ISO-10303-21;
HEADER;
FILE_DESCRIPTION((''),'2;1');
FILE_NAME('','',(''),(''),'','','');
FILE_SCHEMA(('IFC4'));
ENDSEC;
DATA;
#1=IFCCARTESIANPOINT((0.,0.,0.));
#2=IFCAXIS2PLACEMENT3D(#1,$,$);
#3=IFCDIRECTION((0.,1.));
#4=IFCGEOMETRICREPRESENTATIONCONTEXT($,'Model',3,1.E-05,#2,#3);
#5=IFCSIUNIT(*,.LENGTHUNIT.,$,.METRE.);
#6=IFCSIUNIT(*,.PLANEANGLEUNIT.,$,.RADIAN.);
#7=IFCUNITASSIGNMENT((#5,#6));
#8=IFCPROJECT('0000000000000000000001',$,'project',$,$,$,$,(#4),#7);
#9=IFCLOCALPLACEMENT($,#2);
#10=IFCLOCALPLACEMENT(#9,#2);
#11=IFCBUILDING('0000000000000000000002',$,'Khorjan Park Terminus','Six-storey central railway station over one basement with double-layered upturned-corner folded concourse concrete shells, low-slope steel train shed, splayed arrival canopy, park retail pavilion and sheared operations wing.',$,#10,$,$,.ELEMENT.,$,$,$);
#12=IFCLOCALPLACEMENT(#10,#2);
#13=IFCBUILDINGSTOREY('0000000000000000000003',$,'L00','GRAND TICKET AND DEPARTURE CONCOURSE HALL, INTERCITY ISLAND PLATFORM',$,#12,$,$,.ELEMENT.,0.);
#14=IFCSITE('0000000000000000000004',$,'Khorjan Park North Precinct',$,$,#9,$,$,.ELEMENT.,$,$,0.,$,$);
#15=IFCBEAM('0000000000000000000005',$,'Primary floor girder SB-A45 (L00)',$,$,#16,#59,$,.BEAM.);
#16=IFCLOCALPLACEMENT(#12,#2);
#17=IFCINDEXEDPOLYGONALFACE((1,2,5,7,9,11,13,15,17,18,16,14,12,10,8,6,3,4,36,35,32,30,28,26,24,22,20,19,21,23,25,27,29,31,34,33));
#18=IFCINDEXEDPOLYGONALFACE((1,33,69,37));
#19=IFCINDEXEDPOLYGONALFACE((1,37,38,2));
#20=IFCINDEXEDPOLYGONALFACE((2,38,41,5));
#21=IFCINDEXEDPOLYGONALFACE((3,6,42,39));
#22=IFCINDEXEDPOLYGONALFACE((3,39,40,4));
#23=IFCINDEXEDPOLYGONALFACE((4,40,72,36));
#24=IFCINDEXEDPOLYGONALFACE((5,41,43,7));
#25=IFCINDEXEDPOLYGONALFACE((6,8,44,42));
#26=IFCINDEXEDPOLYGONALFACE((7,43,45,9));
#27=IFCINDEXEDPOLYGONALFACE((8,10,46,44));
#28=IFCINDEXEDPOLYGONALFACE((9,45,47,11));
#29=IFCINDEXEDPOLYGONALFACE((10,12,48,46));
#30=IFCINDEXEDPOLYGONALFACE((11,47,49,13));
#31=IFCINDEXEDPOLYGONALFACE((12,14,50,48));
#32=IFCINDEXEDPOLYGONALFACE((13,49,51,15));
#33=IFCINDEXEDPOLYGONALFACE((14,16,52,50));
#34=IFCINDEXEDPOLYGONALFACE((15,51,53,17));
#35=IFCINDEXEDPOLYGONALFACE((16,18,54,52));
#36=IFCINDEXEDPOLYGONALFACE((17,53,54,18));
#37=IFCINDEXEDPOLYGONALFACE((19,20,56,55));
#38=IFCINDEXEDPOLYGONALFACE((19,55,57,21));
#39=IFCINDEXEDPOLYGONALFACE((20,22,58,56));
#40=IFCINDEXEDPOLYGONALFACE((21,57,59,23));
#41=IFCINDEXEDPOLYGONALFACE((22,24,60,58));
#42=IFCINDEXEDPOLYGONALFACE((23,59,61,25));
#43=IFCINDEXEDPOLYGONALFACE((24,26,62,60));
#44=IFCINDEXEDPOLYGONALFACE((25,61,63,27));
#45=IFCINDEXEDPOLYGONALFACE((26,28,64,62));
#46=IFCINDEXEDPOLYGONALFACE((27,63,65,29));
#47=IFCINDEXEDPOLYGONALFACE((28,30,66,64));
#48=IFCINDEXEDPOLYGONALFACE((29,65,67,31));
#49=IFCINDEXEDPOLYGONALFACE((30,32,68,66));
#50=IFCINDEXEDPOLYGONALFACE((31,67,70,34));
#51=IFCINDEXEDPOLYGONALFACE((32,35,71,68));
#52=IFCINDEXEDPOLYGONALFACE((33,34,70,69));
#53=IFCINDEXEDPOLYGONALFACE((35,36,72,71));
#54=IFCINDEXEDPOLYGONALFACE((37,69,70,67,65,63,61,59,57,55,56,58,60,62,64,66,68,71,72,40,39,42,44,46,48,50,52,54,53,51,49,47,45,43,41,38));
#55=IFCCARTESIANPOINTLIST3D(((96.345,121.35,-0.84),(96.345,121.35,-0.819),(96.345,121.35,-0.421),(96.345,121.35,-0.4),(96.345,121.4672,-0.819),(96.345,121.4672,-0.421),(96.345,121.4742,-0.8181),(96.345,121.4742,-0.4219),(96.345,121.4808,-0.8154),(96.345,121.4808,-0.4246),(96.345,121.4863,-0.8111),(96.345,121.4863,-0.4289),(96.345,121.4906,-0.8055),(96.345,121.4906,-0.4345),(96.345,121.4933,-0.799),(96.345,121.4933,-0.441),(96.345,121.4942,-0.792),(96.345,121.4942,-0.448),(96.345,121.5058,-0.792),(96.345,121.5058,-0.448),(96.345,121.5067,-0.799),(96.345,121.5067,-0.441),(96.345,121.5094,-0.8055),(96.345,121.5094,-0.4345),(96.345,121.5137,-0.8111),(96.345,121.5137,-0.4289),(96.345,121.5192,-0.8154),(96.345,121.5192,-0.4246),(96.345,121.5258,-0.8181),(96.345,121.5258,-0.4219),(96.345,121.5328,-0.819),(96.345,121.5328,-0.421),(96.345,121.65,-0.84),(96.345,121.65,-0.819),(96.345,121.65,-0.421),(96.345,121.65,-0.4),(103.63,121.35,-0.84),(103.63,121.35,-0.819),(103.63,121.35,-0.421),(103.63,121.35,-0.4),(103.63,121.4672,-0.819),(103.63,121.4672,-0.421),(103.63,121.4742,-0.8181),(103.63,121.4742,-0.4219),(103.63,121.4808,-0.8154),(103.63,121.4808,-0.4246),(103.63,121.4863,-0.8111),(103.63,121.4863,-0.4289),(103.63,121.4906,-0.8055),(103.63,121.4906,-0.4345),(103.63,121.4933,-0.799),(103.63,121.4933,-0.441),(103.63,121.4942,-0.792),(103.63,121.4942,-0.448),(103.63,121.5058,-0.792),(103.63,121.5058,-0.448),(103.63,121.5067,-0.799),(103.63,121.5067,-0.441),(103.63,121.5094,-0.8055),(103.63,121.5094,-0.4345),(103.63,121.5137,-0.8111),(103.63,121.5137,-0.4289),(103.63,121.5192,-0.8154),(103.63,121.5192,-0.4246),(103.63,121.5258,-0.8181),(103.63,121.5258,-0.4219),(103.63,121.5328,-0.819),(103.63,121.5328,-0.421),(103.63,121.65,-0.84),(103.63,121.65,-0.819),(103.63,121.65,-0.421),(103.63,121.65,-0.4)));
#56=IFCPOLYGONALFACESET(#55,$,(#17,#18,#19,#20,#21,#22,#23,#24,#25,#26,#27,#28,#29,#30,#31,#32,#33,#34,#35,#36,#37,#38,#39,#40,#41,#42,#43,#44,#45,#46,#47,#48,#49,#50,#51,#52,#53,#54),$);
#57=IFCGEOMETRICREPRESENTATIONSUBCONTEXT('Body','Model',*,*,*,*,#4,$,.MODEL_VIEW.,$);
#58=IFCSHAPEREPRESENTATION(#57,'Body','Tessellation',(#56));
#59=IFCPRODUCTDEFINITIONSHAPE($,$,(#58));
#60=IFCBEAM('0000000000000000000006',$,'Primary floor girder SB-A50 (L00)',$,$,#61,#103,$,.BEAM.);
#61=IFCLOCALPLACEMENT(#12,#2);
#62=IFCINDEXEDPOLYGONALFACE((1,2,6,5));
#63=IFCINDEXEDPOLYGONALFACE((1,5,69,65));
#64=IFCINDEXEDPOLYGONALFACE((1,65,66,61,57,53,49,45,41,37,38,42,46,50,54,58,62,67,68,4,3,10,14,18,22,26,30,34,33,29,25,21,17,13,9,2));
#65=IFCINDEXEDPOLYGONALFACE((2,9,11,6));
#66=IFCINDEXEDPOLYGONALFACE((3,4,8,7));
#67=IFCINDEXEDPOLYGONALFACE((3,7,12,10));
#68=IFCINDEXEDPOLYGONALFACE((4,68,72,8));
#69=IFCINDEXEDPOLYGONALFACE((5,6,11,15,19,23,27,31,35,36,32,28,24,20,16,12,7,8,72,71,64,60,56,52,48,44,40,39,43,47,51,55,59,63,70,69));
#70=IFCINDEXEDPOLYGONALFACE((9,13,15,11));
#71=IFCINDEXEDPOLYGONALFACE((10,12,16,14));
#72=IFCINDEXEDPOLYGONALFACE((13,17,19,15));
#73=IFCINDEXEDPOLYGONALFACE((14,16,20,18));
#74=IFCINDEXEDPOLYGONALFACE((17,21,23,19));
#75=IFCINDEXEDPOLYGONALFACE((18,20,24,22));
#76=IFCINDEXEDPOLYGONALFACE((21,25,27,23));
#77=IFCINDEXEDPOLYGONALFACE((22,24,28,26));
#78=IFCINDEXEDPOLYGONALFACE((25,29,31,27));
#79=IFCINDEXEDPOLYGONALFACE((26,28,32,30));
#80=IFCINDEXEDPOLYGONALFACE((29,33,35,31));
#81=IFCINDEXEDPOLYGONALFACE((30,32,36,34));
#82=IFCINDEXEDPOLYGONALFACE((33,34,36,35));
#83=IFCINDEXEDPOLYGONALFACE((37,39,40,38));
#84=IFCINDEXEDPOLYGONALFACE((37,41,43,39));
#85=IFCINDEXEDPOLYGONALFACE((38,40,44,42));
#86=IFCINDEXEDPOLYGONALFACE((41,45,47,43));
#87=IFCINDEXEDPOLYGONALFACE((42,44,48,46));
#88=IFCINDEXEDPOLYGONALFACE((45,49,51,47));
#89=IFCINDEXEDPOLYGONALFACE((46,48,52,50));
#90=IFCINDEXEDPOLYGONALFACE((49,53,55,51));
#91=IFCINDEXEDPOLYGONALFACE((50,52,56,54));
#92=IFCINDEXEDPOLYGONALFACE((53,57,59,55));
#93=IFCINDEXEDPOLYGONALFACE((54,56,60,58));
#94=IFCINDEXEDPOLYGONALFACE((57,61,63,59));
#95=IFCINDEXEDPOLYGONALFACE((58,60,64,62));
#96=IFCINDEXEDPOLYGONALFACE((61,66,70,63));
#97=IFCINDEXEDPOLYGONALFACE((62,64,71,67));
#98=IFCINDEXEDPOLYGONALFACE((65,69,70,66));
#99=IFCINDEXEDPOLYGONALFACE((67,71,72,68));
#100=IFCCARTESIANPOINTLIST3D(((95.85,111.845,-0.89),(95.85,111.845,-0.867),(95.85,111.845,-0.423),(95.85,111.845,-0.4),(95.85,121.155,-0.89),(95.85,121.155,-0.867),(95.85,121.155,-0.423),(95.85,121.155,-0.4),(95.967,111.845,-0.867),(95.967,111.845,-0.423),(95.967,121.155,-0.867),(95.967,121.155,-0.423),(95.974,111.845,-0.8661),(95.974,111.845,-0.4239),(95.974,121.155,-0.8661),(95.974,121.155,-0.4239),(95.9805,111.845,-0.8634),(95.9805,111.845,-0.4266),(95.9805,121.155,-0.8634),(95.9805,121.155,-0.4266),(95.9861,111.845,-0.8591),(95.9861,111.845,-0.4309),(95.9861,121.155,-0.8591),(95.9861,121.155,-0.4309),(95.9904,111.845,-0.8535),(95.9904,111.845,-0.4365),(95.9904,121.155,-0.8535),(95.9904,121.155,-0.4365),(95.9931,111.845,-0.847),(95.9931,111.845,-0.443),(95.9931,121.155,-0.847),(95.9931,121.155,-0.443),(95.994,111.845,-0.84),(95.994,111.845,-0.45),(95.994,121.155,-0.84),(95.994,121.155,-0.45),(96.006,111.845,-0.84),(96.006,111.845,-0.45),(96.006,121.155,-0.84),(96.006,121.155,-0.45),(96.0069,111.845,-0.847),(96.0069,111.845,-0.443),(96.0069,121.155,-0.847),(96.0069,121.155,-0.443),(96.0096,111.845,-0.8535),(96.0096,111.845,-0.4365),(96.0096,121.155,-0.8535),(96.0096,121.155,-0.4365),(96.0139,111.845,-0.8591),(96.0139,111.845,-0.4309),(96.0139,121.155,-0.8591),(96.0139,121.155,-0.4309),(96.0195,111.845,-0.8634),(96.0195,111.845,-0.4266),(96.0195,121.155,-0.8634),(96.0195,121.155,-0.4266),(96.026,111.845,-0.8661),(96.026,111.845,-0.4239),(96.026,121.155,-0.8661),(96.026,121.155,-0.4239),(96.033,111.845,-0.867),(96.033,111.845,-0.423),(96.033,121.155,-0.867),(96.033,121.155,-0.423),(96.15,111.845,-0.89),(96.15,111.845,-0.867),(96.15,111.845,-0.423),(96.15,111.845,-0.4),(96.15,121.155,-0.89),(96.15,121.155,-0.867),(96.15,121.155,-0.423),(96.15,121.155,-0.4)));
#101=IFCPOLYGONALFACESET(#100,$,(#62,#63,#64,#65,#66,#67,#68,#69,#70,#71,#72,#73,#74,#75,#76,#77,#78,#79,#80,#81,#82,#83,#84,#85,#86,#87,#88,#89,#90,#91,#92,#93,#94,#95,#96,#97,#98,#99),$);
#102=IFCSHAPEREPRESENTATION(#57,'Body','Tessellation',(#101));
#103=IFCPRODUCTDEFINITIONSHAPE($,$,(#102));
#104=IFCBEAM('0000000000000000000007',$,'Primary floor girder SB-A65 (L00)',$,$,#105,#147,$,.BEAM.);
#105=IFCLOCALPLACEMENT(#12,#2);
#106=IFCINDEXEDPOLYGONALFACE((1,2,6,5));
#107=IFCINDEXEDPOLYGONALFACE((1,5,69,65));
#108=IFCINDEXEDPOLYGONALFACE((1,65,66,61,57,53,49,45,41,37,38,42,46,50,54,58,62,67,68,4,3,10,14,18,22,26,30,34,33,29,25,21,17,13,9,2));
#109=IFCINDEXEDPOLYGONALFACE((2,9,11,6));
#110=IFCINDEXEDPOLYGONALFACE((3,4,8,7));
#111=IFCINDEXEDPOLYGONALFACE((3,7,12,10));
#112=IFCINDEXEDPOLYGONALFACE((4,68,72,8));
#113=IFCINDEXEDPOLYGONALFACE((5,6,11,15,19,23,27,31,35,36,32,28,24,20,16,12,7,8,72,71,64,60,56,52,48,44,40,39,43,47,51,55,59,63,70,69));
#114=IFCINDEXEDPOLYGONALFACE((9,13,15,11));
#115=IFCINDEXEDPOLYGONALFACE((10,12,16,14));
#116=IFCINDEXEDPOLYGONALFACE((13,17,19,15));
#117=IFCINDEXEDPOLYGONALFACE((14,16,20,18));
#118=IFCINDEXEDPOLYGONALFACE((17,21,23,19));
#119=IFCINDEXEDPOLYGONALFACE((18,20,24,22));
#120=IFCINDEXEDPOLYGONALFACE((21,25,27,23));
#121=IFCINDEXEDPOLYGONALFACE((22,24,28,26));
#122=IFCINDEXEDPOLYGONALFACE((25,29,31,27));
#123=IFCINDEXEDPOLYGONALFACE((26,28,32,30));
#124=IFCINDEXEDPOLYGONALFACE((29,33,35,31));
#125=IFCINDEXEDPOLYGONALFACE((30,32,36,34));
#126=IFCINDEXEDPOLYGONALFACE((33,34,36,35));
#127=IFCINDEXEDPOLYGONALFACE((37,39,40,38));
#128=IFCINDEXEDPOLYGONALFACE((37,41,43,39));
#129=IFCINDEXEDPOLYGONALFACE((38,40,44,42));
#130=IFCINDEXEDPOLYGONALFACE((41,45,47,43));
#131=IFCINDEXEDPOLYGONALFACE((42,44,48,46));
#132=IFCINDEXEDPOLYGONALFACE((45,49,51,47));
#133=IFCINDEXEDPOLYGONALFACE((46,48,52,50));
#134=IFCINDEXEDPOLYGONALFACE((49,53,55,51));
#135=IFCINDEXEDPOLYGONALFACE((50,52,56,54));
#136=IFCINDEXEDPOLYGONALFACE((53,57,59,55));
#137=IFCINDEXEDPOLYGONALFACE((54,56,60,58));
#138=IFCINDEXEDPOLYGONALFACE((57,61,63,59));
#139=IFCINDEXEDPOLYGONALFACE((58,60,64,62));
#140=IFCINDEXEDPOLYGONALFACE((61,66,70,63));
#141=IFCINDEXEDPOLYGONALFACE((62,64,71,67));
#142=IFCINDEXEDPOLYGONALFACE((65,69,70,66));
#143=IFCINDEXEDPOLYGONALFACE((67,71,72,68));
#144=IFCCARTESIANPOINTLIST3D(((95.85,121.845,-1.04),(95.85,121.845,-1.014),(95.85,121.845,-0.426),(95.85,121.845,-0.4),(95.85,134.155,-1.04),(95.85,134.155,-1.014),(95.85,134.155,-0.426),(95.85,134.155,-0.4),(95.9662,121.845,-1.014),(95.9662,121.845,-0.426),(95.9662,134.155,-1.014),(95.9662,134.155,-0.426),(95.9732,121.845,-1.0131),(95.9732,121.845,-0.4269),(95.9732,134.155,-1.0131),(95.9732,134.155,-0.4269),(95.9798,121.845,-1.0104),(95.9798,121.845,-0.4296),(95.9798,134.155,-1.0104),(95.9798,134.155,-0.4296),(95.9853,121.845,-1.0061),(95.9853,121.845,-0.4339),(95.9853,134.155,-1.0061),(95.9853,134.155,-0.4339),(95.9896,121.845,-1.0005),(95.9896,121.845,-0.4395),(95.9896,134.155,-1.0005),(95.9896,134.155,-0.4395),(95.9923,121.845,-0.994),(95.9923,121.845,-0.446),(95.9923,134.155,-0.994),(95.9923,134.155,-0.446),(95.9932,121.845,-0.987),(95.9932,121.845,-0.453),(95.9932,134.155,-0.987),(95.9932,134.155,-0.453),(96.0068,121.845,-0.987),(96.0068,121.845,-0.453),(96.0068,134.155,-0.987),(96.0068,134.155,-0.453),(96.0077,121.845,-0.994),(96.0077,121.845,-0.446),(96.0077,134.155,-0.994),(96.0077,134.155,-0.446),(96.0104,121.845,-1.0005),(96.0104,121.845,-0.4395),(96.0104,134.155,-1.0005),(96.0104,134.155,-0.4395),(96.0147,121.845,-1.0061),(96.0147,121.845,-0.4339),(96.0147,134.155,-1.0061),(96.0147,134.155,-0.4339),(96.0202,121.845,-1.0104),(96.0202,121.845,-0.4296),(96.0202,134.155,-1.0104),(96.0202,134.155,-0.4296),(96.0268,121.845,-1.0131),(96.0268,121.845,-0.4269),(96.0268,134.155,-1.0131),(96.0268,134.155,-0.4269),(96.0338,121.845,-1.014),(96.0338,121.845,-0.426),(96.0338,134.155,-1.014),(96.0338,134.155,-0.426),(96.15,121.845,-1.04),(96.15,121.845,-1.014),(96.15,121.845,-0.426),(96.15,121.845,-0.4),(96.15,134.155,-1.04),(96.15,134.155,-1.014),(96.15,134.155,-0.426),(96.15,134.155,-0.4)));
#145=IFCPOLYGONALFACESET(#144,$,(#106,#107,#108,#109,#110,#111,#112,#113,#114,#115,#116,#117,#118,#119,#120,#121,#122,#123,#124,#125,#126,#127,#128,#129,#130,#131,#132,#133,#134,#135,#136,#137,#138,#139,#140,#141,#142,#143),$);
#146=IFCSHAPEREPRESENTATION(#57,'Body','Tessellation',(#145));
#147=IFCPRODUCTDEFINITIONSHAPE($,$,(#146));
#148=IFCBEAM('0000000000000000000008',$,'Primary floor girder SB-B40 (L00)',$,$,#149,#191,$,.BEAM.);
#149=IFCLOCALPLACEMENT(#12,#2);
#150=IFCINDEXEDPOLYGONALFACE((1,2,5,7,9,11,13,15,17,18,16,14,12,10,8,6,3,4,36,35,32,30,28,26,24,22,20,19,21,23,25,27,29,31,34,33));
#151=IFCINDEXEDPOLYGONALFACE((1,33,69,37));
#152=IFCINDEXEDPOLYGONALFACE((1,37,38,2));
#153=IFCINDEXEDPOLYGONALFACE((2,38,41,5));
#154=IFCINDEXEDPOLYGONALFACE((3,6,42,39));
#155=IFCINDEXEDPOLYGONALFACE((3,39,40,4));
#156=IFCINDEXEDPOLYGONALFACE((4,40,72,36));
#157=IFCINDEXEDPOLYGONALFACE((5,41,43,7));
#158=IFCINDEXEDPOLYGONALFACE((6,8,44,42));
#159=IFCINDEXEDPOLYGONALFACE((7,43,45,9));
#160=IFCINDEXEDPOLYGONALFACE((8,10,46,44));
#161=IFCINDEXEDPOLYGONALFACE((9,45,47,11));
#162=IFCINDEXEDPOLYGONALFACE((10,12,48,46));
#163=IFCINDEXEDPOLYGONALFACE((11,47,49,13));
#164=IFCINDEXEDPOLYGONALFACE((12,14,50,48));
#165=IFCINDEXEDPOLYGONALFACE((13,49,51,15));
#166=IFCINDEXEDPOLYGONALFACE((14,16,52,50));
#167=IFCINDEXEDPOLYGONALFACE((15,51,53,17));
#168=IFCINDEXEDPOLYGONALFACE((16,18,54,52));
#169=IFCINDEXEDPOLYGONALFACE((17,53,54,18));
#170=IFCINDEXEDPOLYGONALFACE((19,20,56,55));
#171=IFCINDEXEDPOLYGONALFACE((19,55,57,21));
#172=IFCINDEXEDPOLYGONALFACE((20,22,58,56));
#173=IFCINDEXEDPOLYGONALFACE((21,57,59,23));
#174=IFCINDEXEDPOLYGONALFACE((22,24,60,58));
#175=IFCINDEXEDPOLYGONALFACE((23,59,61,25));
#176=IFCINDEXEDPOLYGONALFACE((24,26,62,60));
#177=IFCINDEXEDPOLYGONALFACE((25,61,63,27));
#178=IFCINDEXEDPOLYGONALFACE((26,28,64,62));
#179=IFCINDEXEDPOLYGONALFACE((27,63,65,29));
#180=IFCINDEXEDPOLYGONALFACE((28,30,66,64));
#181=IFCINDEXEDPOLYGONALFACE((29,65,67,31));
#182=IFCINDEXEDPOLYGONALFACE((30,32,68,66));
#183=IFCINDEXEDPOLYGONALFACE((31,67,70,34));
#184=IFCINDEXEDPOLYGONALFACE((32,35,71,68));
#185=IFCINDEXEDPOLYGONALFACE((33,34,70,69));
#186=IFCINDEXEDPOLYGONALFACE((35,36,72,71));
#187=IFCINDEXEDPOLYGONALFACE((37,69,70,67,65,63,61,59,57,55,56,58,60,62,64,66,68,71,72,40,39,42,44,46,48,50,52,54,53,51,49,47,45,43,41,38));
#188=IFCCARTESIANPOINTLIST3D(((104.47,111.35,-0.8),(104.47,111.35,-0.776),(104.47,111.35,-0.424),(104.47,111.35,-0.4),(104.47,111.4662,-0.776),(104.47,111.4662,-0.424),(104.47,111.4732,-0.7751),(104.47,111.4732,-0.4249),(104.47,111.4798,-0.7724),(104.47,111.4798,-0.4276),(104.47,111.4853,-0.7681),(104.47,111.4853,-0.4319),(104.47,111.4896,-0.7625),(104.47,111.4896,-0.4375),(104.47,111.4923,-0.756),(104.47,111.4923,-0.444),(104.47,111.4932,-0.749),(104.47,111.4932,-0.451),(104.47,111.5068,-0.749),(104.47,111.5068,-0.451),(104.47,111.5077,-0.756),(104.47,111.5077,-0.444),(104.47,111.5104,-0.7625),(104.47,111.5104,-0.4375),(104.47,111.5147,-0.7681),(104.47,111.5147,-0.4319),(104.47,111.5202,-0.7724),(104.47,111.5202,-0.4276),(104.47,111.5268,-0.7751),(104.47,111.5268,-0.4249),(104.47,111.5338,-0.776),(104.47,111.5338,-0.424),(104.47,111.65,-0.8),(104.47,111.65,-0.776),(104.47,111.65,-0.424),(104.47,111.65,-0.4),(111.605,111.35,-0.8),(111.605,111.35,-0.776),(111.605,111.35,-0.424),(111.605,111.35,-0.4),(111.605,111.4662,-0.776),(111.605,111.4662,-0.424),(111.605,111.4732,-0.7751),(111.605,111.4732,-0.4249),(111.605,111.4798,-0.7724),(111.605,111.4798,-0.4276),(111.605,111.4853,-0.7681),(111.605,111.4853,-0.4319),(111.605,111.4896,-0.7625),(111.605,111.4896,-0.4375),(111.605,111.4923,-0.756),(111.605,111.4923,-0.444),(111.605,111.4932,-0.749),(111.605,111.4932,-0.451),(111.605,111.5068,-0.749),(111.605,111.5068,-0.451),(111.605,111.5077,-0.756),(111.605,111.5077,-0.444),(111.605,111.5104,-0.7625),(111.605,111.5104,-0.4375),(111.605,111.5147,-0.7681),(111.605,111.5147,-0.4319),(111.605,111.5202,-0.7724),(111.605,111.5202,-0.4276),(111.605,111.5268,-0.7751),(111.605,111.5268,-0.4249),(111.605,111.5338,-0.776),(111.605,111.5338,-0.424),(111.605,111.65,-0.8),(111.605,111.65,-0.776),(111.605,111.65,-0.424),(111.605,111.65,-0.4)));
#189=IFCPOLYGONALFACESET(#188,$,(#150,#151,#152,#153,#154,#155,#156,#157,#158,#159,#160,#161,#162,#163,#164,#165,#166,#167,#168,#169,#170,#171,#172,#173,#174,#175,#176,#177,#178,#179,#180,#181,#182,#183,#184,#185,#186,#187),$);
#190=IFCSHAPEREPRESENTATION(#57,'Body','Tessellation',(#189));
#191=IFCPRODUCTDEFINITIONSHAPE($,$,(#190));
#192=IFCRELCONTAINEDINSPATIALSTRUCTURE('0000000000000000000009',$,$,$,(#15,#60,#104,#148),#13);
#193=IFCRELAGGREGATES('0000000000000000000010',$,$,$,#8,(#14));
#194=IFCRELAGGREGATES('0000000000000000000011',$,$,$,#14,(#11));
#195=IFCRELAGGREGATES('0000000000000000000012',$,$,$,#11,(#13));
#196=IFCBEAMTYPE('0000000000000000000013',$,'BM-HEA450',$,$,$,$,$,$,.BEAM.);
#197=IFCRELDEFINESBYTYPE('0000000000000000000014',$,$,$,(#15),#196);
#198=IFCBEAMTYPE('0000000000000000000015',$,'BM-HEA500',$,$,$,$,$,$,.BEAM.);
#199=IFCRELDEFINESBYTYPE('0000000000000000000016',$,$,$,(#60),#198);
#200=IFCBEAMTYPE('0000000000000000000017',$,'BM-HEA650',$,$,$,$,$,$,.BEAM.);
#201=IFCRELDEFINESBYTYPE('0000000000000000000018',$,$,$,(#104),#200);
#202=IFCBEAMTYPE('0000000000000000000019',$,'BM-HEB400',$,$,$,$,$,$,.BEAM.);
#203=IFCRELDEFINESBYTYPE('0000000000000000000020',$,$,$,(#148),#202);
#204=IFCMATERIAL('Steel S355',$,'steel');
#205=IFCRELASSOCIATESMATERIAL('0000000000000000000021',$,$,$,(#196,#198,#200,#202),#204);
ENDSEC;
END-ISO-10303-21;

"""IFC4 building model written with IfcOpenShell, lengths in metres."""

from ifc_helpers import new_model, si_unit, direction, frame, origin, origin_2d, place, context, subcontext, project, spatial, i_section, extrude, material, material_profile, profile_set, type_object, element, save


model = new_model("IFC4")

# Units and contexts
model_context = context("Model", 3, precision=1e-05, world=origin(), true_north=direction((0.0, 1.0)))
body_context = subcontext(model_context, "Body", "Model", "MODEL_VIEW")
ifc_project = project(units=[si_unit("LENGTHUNIT", "METRE"), si_unit("PLANEANGLEUNIT", "RADIAN")], contexts=[model_context])

# Site, building, storey
site_placement = place(None, origin())
site = spatial("IfcSite", under=ifc_project, at=site_placement, Name="Khorjan Park North Precinct", CompositionType="ELEMENT", RefElevation=0.0)
building_placement = place(site_placement, origin())
building = spatial("IfcBuilding", under=site, at=building_placement, Name="Khorjan Park Terminus", Description="Six-storey central railway station over one basement with double-layered upturned-corner folded concourse concrete shells, low-slope steel train shed, splayed arrival canopy, park retail pavilion and sheared operations wing.", CompositionType="ELEMENT")
storey_placement = place(building_placement, origin())
storey = spatial("IfcBuildingStorey", under=building, at=storey_placement, Name="L00", Description="GRAND TICKET AND DEPARTURE CONCOURSE HALL, INTERCITY ISLAND PLATFORM", CompositionType="ELEMENT", Elevation=0.0)

# Beams
ifc_material_1 = material(Name="Steel S355", Category="steel")
ifc_material_profile_1 = material_profile(ifc_material_1, i_section(OverallWidth=0.3, OverallDepth=0.44, WebThickness=0.0115, FlangeThickness=0.021, FilletRadius=0.027, at=origin_2d()), Name="HEA 450")
ifc_profile_set_1 = profile_set([ifc_material_profile_1], Name="Steel S355")
beam_type_1 = type_object("IfcBeamType", Name="BM-HEA450", PredefinedType="BEAM", material=ifc_profile_set_1)
beam_1_placement = place(storey_placement, frame((96.345, 121.5, -0.62), z_axis=(1.0, 0.0, 0.0), x_axis=(0.0, 1.0, 0.0)))
element("IfcBeam", 1, at=beam_1_placement, inside=storey, type_object=beam_type_1, Name="Primary floor girder SB-A45 (L00)", PredefinedType="BEAM", context=body_context, shape_type="SweptSolid", body=[
    extrude(i_section(OverallWidth=0.3, OverallDepth=0.44, WebThickness=0.0115, FlangeThickness=0.021, FilletRadius=0.027, at=origin_2d()), origin(), (0.0, 0.0, 1.0), 7.285),
])
ifc_material_profile_2 = material_profile(ifc_material_1, i_section(OverallWidth=0.3, OverallDepth=0.49, WebThickness=0.012, FlangeThickness=0.023, FilletRadius=0.027, at=origin_2d()), Name="HEA 500")
ifc_profile_set_2 = profile_set([ifc_material_profile_2], Name="Steel S355")
beam_type_2 = type_object("IfcBeamType", Name="BM-HEA500", PredefinedType="BEAM", material=ifc_profile_set_2)
beam_2_placement = place(storey_placement, frame((96.0, 111.845, -0.645), z_axis=(0.0, 1.0, 0.0), x_axis=(-1.0, 0.0, 0.0)))
element("IfcBeam", 2, at=beam_2_placement, inside=storey, type_object=beam_type_2, Name="Primary floor girder SB-A50 (L00)", PredefinedType="BEAM", context=body_context, shape_type="SweptSolid", body=[
    extrude(i_section(OverallWidth=0.3, OverallDepth=0.49, WebThickness=0.012, FlangeThickness=0.023, FilletRadius=0.027, at=origin_2d()), origin(), (0.0, 0.0, 1.0), 9.31),
])
ifc_material_profile_3 = material_profile(ifc_material_1, i_section(OverallWidth=0.3, OverallDepth=0.64, WebThickness=0.0135, FlangeThickness=0.026, FilletRadius=0.027, at=origin_2d()), Name="HEA 650")
ifc_profile_set_3 = profile_set([ifc_material_profile_3], Name="Steel S355")
beam_type_3 = type_object("IfcBeamType", Name="BM-HEA650", PredefinedType="BEAM", material=ifc_profile_set_3)
beam_3_placement = place(storey_placement, frame((96.0, 121.845, -0.72), z_axis=(0.0, 1.0, 0.0), x_axis=(-1.0, 0.0, 0.0)))
element("IfcBeam", 3, at=beam_3_placement, inside=storey, type_object=beam_type_3, Name="Primary floor girder SB-A65 (L00)", PredefinedType="BEAM", context=body_context, shape_type="SweptSolid", body=[
    extrude(i_section(OverallWidth=0.3, OverallDepth=0.64, WebThickness=0.0135, FlangeThickness=0.026, FilletRadius=0.027, at=origin_2d()), origin(), (0.0, 0.0, 1.0), 12.31),
])
ifc_material_profile_4 = material_profile(ifc_material_1, i_section(OverallWidth=0.3, OverallDepth=0.4, WebThickness=0.0135, FlangeThickness=0.024, FilletRadius=0.027, at=origin_2d()), Name="HEB 400")
ifc_profile_set_4 = profile_set([ifc_material_profile_4], Name="Steel S355")
beam_type_4 = type_object("IfcBeamType", Name="BM-HEB400", PredefinedType="BEAM", material=ifc_profile_set_4)
beam_4_placement = place(storey_placement, frame((104.47, 111.5, -0.6), z_axis=(1.0, 0.0, 0.0), x_axis=(0.0, 1.0, 0.0)))
element("IfcBeam", 4, at=beam_4_placement, inside=storey, type_object=beam_type_4, Name="Primary floor girder SB-B40 (L00)", PredefinedType="BEAM", context=body_context, shape_type="SweptSolid", body=[
    extrude(i_section(OverallWidth=0.3, OverallDepth=0.4, WebThickness=0.0135, FlangeThickness=0.024, FilletRadius=0.027, at=origin_2d()), origin(), (0.0, 0.0, 1.0), 7.135),
])

save(model, "model.ifc")
